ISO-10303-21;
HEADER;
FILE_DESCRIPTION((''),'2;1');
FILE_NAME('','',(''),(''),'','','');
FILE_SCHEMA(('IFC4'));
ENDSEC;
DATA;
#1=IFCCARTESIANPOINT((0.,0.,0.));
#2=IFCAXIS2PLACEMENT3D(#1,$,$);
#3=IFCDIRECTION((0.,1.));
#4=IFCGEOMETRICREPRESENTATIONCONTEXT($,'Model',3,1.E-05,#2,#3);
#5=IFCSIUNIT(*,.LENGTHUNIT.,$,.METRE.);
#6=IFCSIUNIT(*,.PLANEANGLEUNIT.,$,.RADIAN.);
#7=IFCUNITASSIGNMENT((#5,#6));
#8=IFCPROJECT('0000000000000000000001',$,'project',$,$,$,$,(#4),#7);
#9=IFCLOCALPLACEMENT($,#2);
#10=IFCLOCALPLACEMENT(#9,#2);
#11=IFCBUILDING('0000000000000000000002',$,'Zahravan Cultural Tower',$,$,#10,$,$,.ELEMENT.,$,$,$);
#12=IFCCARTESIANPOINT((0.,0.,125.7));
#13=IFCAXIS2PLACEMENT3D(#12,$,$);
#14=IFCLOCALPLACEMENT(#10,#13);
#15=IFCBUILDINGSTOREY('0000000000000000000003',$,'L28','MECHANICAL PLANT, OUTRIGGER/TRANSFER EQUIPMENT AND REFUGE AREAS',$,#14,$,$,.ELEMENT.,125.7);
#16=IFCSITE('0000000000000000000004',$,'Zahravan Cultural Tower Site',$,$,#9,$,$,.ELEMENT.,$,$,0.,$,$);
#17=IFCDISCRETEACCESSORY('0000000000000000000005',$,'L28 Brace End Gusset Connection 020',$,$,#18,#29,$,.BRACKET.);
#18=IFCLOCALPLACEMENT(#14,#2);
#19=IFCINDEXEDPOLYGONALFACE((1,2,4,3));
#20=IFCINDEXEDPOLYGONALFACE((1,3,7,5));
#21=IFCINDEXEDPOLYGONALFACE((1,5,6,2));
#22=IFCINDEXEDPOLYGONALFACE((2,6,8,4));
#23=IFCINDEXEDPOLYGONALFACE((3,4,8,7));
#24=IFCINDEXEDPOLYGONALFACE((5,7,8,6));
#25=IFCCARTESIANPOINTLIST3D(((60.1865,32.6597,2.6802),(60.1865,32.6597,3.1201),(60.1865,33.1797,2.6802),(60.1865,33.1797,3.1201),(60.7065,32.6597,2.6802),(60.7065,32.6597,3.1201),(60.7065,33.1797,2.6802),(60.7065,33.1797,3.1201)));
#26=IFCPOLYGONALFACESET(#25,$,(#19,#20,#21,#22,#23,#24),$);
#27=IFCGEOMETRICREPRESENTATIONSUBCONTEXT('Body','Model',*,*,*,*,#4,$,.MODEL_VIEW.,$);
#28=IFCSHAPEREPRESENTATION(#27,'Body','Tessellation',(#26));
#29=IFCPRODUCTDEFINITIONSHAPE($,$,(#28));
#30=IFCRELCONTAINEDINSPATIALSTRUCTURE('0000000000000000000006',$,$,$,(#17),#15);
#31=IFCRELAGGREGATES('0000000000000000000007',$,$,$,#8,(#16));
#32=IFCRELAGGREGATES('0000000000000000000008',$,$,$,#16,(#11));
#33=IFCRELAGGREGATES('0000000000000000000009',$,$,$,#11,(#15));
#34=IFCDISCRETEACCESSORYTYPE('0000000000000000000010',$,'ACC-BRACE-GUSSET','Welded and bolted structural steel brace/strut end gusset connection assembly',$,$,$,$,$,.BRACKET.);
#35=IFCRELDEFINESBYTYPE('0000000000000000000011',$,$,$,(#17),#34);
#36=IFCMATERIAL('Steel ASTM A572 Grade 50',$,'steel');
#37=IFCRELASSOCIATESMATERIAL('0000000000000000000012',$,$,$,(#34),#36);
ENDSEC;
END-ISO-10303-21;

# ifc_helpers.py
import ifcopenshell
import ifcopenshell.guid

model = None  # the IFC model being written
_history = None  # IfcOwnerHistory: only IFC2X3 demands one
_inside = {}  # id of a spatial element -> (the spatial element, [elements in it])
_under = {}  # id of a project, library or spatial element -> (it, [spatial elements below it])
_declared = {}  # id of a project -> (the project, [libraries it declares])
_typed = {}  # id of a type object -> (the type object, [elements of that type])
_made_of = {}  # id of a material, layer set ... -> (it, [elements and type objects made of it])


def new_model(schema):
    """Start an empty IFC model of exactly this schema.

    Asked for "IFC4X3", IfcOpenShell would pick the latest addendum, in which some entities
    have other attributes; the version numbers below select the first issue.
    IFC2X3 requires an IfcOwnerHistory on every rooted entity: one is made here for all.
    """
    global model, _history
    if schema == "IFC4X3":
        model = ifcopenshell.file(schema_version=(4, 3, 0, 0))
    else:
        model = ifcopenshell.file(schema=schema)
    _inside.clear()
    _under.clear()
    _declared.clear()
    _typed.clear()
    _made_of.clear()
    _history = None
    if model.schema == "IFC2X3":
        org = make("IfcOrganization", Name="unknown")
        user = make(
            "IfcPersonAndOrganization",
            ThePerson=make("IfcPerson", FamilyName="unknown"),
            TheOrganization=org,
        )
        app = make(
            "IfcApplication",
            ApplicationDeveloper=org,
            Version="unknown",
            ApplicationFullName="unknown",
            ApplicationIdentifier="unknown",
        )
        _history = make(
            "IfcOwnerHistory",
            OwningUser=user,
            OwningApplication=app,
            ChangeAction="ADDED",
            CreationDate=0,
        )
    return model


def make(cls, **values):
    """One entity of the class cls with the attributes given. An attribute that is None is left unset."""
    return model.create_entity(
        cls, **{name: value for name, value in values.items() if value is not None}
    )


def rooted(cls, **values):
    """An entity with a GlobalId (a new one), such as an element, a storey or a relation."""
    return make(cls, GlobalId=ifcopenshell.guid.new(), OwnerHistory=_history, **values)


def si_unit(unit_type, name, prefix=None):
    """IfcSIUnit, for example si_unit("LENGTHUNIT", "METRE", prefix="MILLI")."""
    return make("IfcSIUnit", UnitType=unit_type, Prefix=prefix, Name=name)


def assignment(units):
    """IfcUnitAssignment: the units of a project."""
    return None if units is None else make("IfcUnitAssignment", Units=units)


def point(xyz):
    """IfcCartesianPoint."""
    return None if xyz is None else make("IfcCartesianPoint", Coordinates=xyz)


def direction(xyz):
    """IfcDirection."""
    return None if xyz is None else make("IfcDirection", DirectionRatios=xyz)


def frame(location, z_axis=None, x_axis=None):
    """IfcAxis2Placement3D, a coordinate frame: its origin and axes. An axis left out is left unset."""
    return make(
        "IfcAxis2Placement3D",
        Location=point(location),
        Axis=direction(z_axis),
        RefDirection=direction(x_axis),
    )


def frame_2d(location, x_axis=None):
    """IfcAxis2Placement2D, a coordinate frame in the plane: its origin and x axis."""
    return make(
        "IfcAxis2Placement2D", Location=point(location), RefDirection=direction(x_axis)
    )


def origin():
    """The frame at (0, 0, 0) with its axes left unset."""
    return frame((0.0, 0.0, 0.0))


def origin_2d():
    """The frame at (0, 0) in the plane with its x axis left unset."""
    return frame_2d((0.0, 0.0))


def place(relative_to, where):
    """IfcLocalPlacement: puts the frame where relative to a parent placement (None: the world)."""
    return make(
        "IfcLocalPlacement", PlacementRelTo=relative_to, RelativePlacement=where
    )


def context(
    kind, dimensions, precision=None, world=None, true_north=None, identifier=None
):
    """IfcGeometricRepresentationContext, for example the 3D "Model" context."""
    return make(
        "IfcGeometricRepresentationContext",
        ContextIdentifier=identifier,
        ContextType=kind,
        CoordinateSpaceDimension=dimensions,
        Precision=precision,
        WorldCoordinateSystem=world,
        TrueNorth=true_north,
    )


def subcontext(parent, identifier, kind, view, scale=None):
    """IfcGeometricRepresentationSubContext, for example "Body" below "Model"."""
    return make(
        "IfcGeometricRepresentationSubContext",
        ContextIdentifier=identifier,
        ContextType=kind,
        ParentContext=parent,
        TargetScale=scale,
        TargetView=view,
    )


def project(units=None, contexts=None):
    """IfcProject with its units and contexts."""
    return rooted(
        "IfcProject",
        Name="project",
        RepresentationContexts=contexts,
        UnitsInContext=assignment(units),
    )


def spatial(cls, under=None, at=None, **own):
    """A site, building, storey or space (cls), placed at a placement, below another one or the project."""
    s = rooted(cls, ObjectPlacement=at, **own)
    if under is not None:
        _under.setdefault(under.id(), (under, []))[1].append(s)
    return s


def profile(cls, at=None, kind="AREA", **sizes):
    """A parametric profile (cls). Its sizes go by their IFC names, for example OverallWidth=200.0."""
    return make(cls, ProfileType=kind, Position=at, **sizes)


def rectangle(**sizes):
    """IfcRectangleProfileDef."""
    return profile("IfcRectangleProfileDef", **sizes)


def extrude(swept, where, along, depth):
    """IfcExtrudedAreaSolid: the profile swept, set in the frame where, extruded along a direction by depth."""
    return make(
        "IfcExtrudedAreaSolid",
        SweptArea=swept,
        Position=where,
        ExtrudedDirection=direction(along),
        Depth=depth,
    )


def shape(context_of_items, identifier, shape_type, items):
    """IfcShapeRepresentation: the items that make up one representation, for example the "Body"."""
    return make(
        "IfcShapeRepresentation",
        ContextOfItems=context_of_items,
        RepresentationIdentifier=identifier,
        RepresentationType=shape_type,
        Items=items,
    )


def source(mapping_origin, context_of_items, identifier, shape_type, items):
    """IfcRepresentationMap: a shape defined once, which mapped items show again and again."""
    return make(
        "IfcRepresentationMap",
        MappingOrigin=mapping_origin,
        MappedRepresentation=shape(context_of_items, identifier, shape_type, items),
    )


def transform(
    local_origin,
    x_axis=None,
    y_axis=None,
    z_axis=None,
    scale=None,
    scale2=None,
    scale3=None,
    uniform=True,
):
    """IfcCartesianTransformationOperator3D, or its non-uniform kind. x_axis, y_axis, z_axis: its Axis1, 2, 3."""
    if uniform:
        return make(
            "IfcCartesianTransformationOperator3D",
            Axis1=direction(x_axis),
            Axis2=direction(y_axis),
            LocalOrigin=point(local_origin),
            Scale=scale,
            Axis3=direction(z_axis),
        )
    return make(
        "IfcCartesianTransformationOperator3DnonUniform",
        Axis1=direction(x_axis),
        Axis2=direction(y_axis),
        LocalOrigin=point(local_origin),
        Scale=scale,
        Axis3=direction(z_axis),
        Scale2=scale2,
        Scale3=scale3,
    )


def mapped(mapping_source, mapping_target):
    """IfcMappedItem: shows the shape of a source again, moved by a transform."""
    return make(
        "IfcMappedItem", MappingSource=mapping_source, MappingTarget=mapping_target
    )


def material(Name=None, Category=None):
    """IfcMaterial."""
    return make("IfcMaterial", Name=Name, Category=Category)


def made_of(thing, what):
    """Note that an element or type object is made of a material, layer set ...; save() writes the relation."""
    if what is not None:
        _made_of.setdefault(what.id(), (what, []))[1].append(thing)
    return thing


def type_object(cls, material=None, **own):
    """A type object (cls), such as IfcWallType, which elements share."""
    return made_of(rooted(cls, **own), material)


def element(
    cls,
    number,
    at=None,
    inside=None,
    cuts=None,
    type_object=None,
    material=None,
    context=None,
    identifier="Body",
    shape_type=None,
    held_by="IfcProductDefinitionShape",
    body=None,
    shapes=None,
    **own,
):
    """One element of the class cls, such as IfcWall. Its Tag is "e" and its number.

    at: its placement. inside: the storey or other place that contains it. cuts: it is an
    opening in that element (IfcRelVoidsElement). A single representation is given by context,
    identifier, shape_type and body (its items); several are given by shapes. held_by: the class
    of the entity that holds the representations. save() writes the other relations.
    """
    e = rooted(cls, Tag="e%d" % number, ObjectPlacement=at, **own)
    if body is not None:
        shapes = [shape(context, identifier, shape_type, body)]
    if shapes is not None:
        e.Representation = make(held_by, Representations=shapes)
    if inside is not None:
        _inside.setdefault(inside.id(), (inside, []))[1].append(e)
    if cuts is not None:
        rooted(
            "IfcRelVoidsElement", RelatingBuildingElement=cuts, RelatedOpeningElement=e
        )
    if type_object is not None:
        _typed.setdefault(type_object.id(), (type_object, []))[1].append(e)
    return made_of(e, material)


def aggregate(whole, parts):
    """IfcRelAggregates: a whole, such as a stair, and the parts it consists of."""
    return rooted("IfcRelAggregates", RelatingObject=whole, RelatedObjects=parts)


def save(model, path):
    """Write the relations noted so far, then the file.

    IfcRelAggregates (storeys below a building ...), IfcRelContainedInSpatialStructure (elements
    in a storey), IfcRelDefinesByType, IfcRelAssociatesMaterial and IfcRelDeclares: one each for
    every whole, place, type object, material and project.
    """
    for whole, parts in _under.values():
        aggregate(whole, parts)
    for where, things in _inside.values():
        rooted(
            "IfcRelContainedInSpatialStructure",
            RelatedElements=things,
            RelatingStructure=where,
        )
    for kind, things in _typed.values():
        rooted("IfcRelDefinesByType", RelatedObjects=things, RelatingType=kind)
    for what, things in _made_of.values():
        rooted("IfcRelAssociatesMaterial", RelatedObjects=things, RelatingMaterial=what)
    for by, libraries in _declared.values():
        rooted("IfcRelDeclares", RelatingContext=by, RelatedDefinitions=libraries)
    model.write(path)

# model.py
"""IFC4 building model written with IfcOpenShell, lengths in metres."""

from ifc_helpers import new_model, si_unit, direction, frame, origin, origin_2d, place, context, subcontext, project, spatial, rectangle, extrude, source, transform, mapped, material, type_object, element, save


model = new_model("IFC4")

# Units and contexts
model_context = context("Model", 3, precision=1e-05, world=origin(), true_north=direction((0.0, 1.0)))
body_context = subcontext(model_context, "Body", "Model", "MODEL_VIEW")
ifc_project = project(units=[si_unit("LENGTHUNIT", "METRE"), si_unit("PLANEANGLEUNIT", "RADIAN")], contexts=[model_context])

# Site, building, storey
site_placement = place(None, origin())
site = spatial("IfcSite", under=ifc_project, at=site_placement, Name="Zahravan Cultural Tower Site", CompositionType="ELEMENT", RefElevation=0.0)
building_placement = place(site_placement, origin())
building = spatial("IfcBuilding", under=site, at=building_placement, Name="Zahravan Cultural Tower", CompositionType="ELEMENT")
storey_placement = place(building_placement, frame((0.0, 0.0, 125.7)))
storey = spatial("IfcBuildingStorey", under=building, at=storey_placement, Name="L28", Description="MECHANICAL PLANT, OUTRIGGER/TRANSFER EQUIPMENT AND REFUGE AREAS", CompositionType="ELEMENT", Elevation=125.7)

# Shared definitions
ifc_material_1 = material(Name="Steel ASTM A572 Grade 50", Category="steel")

# Discrete accessory
discrete_accessory_type = type_object("IfcDiscreteAccessoryType", Name="ACC-BRACE-GUSSET", Description="Welded and bolted structural steel brace/strut end gusset connection assembly", PredefinedType="BRACKET", material=ifc_material_1)
shared_shape_1 = source(origin(), body_context, "Body", "SweptSolid", [
    extrude(rectangle(XDim=0.52, YDim=0.52, at=origin_2d()), origin(), (0.0, 0.0, 1.0), 0.4399),
])
for number, where, z_axis, x_axis, name in (
    (1, (60.4465, 32.9197, 2.6802), (0.0, 0.0, 1.0), (1.0, 0.0, 0.0), "L28 Brace End Gusset Connection 020"),
):
    element("IfcDiscreteAccessory", number, at=place(storey_placement, frame(where, z_axis=z_axis, x_axis=x_axis)), inside=storey, type_object=discrete_accessory_type, Name=name, PredefinedType="BRACKET", context=body_context, shape_type="MappedRepresentation", body=[
        mapped(shared_shape_1, transform((0.0, 0.0, 0.0), x_axis=(1.0, 0.0, 0.0), y_axis=(0.0, 1.0, 0.0), z_axis=(0.0, 0.0, 1.0), scale=1.0)),
    ])

save(model, "model.ifc")
